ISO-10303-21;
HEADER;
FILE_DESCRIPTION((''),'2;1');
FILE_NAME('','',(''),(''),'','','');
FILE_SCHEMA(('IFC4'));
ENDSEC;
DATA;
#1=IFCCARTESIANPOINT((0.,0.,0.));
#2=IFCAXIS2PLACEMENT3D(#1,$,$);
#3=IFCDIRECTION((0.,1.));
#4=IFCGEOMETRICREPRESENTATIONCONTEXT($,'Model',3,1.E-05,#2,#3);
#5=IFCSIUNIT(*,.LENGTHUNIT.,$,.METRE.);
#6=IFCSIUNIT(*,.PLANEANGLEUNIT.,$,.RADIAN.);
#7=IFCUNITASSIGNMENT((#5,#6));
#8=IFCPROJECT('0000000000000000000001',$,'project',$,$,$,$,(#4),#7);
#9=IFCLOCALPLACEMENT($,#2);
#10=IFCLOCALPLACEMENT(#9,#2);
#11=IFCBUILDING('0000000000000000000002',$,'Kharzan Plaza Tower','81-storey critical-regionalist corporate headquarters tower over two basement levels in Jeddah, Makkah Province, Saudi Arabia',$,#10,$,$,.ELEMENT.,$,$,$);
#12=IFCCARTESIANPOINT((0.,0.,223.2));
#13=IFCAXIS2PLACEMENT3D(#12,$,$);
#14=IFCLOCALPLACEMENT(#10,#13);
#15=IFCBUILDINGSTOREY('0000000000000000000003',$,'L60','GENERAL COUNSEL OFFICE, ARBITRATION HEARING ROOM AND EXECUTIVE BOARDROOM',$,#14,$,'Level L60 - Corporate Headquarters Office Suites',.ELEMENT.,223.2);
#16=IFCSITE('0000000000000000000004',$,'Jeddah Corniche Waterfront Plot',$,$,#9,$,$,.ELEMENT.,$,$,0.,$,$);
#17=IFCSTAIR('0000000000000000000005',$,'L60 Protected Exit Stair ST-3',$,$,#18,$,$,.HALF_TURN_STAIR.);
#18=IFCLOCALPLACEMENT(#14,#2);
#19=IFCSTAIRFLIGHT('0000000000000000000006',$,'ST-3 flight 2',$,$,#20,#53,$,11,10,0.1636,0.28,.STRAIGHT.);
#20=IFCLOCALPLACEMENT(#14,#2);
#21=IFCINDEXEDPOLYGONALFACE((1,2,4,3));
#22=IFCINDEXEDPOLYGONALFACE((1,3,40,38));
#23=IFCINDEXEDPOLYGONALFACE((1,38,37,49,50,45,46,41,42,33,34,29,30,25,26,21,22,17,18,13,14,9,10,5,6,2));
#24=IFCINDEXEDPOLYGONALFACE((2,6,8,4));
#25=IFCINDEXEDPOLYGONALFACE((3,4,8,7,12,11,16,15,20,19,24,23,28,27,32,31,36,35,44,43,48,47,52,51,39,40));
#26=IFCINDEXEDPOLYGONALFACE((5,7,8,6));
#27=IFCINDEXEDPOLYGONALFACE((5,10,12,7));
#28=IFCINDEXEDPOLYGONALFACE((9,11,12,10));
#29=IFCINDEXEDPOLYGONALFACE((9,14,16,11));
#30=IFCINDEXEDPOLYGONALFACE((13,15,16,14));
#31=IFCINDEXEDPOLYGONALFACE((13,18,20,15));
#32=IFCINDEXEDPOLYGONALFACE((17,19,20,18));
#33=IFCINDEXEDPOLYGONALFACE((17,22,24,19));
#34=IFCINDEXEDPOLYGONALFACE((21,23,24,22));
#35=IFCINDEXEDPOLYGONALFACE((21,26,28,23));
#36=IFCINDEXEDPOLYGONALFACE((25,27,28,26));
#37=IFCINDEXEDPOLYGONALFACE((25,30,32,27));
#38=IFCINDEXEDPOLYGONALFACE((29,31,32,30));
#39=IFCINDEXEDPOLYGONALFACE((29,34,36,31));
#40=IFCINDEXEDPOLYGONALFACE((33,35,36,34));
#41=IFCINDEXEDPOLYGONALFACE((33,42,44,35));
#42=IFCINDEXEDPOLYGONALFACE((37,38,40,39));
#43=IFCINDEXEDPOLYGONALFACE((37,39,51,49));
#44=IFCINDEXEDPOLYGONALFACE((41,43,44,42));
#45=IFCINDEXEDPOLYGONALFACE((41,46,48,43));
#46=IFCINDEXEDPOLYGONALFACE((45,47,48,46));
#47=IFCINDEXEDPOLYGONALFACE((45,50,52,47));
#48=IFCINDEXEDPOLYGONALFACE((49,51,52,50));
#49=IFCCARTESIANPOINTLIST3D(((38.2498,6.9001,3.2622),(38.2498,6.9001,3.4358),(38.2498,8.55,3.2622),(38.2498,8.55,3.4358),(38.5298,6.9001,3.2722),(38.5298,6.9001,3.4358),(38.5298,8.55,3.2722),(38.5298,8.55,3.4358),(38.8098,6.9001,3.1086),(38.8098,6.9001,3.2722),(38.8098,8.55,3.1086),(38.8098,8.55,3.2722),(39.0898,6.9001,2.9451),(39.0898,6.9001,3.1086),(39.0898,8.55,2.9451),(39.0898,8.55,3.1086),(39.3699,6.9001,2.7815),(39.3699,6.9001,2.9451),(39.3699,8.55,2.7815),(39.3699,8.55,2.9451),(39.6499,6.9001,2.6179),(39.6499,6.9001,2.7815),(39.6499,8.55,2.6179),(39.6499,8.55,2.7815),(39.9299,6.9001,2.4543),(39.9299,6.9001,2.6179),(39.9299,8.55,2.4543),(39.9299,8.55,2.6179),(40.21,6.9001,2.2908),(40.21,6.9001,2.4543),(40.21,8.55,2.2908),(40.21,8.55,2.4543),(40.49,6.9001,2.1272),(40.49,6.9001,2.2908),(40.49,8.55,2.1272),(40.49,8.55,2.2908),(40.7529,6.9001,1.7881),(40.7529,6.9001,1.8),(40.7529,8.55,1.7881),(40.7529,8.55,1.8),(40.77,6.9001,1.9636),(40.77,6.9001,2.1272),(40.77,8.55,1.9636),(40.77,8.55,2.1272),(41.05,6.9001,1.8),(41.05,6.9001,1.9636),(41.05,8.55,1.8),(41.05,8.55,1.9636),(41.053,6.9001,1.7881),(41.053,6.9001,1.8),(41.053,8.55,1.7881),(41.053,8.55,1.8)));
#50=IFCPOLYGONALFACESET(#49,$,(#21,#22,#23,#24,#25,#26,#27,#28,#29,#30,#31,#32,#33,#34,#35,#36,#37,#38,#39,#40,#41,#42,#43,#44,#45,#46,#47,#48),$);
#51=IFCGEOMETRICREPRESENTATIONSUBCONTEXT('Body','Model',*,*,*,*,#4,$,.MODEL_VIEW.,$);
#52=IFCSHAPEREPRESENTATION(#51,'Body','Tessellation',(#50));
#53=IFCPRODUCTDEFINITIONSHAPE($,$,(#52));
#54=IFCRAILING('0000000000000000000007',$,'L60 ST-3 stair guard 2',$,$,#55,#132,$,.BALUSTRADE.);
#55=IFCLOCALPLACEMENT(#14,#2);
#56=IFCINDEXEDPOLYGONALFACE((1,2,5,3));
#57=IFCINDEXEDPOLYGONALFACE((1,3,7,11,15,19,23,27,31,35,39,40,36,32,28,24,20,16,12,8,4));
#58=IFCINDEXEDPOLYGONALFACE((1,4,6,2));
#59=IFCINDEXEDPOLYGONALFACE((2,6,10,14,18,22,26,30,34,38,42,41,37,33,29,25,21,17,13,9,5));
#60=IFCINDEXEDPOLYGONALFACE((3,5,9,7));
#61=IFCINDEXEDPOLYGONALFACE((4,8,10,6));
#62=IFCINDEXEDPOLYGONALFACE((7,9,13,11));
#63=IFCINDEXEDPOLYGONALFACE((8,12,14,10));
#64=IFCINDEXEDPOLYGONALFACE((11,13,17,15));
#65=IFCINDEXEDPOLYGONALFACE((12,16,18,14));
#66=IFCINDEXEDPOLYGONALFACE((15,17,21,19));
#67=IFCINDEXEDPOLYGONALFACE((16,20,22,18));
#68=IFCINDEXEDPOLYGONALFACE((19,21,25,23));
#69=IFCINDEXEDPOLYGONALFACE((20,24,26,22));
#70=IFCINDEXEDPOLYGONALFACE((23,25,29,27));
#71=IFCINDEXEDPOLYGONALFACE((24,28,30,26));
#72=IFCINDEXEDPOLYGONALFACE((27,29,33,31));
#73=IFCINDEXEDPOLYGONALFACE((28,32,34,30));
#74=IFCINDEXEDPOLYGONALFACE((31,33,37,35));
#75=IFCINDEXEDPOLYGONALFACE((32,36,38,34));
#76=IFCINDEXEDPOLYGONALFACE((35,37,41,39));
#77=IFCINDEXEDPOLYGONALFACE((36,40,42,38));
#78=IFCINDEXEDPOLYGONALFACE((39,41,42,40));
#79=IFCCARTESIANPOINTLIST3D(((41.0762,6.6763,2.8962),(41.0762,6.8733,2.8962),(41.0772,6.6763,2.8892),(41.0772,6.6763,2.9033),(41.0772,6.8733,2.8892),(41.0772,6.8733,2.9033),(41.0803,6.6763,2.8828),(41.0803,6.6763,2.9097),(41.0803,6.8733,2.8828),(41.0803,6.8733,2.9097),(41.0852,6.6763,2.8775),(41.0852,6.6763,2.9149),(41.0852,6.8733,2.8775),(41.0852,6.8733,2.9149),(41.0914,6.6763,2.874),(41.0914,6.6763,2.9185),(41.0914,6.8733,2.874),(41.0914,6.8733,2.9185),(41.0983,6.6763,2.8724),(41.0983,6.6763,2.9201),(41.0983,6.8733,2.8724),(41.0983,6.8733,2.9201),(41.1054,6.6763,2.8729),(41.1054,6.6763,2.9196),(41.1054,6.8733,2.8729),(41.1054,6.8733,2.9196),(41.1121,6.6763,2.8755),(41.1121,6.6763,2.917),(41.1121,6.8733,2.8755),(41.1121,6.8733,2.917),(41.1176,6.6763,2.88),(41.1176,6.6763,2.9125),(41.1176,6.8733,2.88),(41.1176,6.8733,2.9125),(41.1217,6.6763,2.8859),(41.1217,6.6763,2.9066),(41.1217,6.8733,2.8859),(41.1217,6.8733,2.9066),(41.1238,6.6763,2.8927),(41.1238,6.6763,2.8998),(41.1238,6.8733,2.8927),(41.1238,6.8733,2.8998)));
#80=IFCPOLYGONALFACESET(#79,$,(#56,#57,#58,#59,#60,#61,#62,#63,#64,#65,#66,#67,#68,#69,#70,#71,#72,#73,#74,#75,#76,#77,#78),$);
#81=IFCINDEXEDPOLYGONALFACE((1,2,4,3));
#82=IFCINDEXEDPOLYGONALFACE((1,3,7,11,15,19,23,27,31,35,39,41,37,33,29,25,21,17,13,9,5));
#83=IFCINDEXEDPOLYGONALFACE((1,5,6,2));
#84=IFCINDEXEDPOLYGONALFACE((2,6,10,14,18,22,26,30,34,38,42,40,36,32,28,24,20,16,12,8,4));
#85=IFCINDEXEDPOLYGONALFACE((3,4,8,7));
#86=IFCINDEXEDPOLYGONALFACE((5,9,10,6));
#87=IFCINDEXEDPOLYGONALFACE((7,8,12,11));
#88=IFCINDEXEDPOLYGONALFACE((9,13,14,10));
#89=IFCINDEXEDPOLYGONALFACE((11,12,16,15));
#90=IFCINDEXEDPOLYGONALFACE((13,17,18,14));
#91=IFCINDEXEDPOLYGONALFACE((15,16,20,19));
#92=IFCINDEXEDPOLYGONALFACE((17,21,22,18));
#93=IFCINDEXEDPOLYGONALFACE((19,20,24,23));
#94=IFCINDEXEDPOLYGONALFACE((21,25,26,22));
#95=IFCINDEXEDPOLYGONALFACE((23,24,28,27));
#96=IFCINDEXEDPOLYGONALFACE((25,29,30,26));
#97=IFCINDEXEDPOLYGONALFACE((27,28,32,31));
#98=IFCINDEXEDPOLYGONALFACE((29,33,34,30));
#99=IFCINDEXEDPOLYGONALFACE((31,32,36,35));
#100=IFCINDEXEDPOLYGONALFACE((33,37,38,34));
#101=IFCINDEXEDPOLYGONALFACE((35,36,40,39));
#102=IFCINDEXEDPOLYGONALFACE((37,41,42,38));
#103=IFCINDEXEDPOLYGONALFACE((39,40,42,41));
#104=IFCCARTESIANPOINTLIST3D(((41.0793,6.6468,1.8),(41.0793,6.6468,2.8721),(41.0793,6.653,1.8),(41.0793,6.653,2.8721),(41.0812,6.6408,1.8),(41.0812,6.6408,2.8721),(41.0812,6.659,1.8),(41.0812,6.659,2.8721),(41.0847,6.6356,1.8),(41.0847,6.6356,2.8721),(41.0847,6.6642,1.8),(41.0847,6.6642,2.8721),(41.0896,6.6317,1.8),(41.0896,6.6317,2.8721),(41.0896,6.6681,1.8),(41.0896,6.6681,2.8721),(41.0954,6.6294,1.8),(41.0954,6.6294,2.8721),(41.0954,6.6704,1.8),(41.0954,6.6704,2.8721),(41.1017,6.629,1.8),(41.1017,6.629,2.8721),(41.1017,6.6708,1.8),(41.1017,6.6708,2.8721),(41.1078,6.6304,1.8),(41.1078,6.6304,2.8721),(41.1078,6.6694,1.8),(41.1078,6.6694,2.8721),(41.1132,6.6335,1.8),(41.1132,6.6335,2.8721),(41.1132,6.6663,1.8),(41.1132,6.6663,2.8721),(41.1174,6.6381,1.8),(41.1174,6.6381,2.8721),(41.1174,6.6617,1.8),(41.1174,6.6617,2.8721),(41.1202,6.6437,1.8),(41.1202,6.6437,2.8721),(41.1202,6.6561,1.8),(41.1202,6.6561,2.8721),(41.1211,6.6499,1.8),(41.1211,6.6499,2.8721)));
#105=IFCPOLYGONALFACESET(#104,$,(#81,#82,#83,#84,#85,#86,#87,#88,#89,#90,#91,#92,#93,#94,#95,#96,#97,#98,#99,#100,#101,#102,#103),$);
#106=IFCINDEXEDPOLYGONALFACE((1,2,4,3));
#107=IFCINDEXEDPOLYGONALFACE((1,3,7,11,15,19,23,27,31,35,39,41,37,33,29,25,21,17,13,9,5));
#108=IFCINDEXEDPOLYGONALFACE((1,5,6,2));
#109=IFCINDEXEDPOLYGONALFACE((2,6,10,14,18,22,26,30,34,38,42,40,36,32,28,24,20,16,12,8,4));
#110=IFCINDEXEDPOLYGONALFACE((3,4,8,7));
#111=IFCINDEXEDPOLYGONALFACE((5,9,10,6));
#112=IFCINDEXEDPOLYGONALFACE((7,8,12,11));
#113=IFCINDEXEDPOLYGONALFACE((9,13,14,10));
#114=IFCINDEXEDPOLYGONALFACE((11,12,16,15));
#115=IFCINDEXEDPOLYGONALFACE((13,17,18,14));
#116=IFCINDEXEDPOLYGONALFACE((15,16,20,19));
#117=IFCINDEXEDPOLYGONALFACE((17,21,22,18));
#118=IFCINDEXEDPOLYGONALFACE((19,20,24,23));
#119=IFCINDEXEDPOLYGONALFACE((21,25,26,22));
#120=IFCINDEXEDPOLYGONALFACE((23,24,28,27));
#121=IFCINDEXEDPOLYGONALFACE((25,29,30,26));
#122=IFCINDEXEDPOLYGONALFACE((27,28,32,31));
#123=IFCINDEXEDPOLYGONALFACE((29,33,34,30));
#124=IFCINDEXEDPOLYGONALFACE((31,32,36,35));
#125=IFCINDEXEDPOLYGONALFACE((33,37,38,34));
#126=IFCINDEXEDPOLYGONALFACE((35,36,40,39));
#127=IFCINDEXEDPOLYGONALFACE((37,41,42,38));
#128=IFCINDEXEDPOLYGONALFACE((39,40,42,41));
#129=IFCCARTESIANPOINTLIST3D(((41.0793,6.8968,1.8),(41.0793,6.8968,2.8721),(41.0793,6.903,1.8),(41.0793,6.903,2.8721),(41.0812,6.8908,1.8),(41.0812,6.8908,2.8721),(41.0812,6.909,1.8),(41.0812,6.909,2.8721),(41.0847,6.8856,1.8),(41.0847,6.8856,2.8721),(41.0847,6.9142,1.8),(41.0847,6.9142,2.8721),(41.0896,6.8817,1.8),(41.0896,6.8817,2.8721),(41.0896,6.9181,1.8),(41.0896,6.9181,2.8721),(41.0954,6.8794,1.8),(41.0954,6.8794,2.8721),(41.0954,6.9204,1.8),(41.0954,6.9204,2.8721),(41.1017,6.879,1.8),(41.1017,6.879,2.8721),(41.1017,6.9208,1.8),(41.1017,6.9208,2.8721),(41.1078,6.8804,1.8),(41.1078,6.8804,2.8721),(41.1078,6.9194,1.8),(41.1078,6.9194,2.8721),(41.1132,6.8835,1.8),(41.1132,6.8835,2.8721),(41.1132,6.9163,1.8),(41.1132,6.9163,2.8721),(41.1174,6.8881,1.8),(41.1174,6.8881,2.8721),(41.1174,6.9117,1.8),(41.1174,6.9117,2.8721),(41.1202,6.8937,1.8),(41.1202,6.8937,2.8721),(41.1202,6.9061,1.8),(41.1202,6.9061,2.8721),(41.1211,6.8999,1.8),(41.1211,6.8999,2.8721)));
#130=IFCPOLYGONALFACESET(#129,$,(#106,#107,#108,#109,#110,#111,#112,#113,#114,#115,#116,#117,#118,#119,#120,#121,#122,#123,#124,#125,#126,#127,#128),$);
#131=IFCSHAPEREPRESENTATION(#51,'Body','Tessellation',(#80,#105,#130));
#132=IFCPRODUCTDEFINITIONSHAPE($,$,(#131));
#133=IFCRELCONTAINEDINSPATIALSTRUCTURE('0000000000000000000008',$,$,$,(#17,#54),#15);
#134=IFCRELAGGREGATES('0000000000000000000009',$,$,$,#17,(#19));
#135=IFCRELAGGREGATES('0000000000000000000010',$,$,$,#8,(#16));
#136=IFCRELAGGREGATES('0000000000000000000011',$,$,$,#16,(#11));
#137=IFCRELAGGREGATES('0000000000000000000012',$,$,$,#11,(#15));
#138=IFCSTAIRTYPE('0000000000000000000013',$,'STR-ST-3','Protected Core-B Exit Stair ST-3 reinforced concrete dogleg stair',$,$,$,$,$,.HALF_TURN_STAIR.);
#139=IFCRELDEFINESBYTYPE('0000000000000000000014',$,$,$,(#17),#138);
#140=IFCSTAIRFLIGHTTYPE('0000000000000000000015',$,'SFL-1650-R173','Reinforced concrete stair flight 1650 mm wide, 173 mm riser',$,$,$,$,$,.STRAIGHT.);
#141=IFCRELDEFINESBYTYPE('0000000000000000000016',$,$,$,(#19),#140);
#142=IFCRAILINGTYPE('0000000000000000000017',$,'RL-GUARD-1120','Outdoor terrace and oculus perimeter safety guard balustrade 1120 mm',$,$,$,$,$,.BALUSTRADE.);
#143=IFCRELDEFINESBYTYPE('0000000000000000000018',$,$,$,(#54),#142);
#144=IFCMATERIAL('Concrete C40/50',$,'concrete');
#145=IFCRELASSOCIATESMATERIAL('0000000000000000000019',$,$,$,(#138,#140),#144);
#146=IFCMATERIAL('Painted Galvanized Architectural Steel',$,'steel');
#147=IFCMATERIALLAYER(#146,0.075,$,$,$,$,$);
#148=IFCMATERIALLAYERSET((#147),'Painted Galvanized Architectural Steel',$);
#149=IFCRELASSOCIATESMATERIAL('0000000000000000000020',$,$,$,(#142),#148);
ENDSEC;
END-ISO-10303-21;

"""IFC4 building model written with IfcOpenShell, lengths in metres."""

from ifc_helpers import new_model, si_unit, direction, frame, origin, origin_2d, place, context, subcontext, project, spatial, polyline, circle, outline, extrude, source, transform, mapped, material, layer, layer_set, type_object, element, aggregate, save


model = new_model("IFC4")

# Units and contexts
model_context = context("Model", 3, precision=1e-05, world=origin(), true_north=direction((0.0, 1.0)))
body_context = subcontext(model_context, "Body", "Model", "MODEL_VIEW")
ifc_project = project(units=[si_unit("LENGTHUNIT", "METRE"), si_unit("PLANEANGLEUNIT", "RADIAN")], contexts=[model_context])

# Site, building, storey
site_placement = place(None, origin())
site = spatial("IfcSite", under=ifc_project, at=site_placement, Name="Jeddah Corniche Waterfront Plot", CompositionType="ELEMENT", RefElevation=0.0)
building_placement = place(site_placement, origin())
building = spatial("IfcBuilding", under=site, at=building_placement, Name="Kharzan Plaza Tower", Description="81-storey critical-regionalist corporate headquarters tower over two basement levels in Jeddah, Makkah Province, Saudi Arabia", CompositionType="ELEMENT")
storey_placement = place(building_placement, frame((0.0, 0.0, 223.2)))
storey = spatial("IfcBuildingStorey", under=building, at=storey_placement, Name="L60", Description="GENERAL COUNSEL OFFICE, ARBITRATION HEARING ROOM AND EXECUTIVE BOARDROOM", LongName="Level L60 - Corporate Headquarters Office Suites", CompositionType="ELEMENT", Elevation=223.2)

# Shared definitions
ifc_material_1 = material(Name="Concrete C40/50", Category="concrete")

# Stair, stair flight
stair_type = type_object("IfcStairType", Name="STR-ST-3", Description="Protected Core-B Exit Stair ST-3 reinforced concrete dogleg stair", PredefinedType="HALF_TURN_STAIR", material=ifc_material_1)
stair_placement = place(storey_placement, origin())
stair = element("IfcStair", 1, at=stair_placement, inside=storey, type_object=stair_type, Name="L60 Protected Exit Stair ST-3", PredefinedType="HALF_TURN_STAIR")
stair_flight_type = type_object("IfcStairFlightType", Name="SFL-1650-R173", Description="Reinforced concrete stair flight 1650 mm wide, 173 mm riser", PredefinedType="STRAIGHT", material=ifc_material_1)
shared_shape_1 = source(origin(), body_context, "Body", "SweptSolid", [
    extrude(outline(polyline([(-0.0029, -0.012), (-0.0029, 0.0), (0.0, 0.0), (0.0, 0.1636), (0.28, 0.1636), (0.28, 0.3271), (0.5601, 0.3271), (0.5601, 0.4907), (0.8401, 0.4907), (0.8401, 0.6543), (1.1201, 0.6543), (1.1201, 0.8179), (1.4001, 0.8179), (1.4001, 0.9814), (1.6802, 0.9814), (1.6802, 1.145), (1.9602, 1.145), (1.9602, 1.3086), (2.2402, 1.3086), (2.2402, 1.4722), (2.5203, 1.4722), (2.5203, 1.6357), (2.8003, 1.6357), (2.8003, 1.7993), (2.8003, 1.4622), (0.2971, 0.0), (0.2971, -0.012), (-0.0029, -0.012)])), frame((0.0, 0.825, 0.0), z_axis=(0.0, -1.0, 0.0), x_axis=(1.0, 0.0, 0.0)), (0.0, 0.0, 1.0), 1.6499),
])
stair_flight_placement = place(storey_placement, frame((41.05, 7.7251, 1.8), z_axis=(0.0, 0.0, 1.0), x_axis=(-1.0, 0.0, 0.0)))
stair_flight = element("IfcStairFlight", 2, at=stair_flight_placement, type_object=stair_flight_type, Name="ST-3 flight 2", NumberOfRisers=11, NumberOfTreads=10, PredefinedType="STRAIGHT", RiserHeight=0.1636, TreadLength=0.28, context=body_context, shape_type="MappedRepresentation", body=[
    mapped(shared_shape_1, transform((0.0, 0.0, 0.0), x_axis=(1.0, 0.0, 0.0), y_axis=(0.0, 1.0, 0.0), z_axis=(0.0, 0.0, 1.0))),
])
aggregate(stair, [stair_flight])

# Railing
ifc_material_2 = material(Name="Painted Galvanized Architectural Steel", Category="steel")
ifc_layer_1 = layer(ifc_material_2, 0.075)
ifc_layer_set_1 = layer_set([ifc_layer_1], Name="Painted Galvanized Architectural Steel")
railing_type_1 = type_object("IfcRailingType", Name="RL-GUARD-1120", Description="Outdoor terrace and oculus perimeter safety guard balustrade 1120 mm", PredefinedType="BALUSTRADE", material=ifc_layer_set_1)
shared_shape_2 = source(origin(), body_context, "Body", "SweptSolid", [
    extrude(circle(Radius=0.0239, at=origin_2d()), frame((0.0, 0.0264, 1.0962), z_axis=(0.0, 1.0, 0.0), x_axis=(-1.0, 0.0, 0.0)), (0.0, 0.0, 1.0), 0.197),
    extrude(circle(Radius=0.021, at=origin_2d()), origin(), (0.0, 0.0, 1.0), 1.072),
    extrude(circle(Radius=0.021, at=origin_2d()), frame((0.0, 0.25, 0.0)), (0.0, 0.0, 1.0), 1.072),
])
railing_1_placement = place(storey_placement, frame((41.1001, 6.6499, 1.8)))
element("IfcRailing", 3, at=railing_1_placement, inside=storey, type_object=railing_type_1, Name="L60 ST-3 stair guard 2", PredefinedType="BALUSTRADE", context=body_context, shape_type="MappedRepresentation", body=[
    mapped(shared_shape_2, transform((0.0, 0.0, 0.0), x_axis=(1.0, 0.0, 0.0), y_axis=(0.0, 1.0, 0.0), z_axis=(0.0, 0.0, 1.0))),
])

save(model, "model.ifc")
